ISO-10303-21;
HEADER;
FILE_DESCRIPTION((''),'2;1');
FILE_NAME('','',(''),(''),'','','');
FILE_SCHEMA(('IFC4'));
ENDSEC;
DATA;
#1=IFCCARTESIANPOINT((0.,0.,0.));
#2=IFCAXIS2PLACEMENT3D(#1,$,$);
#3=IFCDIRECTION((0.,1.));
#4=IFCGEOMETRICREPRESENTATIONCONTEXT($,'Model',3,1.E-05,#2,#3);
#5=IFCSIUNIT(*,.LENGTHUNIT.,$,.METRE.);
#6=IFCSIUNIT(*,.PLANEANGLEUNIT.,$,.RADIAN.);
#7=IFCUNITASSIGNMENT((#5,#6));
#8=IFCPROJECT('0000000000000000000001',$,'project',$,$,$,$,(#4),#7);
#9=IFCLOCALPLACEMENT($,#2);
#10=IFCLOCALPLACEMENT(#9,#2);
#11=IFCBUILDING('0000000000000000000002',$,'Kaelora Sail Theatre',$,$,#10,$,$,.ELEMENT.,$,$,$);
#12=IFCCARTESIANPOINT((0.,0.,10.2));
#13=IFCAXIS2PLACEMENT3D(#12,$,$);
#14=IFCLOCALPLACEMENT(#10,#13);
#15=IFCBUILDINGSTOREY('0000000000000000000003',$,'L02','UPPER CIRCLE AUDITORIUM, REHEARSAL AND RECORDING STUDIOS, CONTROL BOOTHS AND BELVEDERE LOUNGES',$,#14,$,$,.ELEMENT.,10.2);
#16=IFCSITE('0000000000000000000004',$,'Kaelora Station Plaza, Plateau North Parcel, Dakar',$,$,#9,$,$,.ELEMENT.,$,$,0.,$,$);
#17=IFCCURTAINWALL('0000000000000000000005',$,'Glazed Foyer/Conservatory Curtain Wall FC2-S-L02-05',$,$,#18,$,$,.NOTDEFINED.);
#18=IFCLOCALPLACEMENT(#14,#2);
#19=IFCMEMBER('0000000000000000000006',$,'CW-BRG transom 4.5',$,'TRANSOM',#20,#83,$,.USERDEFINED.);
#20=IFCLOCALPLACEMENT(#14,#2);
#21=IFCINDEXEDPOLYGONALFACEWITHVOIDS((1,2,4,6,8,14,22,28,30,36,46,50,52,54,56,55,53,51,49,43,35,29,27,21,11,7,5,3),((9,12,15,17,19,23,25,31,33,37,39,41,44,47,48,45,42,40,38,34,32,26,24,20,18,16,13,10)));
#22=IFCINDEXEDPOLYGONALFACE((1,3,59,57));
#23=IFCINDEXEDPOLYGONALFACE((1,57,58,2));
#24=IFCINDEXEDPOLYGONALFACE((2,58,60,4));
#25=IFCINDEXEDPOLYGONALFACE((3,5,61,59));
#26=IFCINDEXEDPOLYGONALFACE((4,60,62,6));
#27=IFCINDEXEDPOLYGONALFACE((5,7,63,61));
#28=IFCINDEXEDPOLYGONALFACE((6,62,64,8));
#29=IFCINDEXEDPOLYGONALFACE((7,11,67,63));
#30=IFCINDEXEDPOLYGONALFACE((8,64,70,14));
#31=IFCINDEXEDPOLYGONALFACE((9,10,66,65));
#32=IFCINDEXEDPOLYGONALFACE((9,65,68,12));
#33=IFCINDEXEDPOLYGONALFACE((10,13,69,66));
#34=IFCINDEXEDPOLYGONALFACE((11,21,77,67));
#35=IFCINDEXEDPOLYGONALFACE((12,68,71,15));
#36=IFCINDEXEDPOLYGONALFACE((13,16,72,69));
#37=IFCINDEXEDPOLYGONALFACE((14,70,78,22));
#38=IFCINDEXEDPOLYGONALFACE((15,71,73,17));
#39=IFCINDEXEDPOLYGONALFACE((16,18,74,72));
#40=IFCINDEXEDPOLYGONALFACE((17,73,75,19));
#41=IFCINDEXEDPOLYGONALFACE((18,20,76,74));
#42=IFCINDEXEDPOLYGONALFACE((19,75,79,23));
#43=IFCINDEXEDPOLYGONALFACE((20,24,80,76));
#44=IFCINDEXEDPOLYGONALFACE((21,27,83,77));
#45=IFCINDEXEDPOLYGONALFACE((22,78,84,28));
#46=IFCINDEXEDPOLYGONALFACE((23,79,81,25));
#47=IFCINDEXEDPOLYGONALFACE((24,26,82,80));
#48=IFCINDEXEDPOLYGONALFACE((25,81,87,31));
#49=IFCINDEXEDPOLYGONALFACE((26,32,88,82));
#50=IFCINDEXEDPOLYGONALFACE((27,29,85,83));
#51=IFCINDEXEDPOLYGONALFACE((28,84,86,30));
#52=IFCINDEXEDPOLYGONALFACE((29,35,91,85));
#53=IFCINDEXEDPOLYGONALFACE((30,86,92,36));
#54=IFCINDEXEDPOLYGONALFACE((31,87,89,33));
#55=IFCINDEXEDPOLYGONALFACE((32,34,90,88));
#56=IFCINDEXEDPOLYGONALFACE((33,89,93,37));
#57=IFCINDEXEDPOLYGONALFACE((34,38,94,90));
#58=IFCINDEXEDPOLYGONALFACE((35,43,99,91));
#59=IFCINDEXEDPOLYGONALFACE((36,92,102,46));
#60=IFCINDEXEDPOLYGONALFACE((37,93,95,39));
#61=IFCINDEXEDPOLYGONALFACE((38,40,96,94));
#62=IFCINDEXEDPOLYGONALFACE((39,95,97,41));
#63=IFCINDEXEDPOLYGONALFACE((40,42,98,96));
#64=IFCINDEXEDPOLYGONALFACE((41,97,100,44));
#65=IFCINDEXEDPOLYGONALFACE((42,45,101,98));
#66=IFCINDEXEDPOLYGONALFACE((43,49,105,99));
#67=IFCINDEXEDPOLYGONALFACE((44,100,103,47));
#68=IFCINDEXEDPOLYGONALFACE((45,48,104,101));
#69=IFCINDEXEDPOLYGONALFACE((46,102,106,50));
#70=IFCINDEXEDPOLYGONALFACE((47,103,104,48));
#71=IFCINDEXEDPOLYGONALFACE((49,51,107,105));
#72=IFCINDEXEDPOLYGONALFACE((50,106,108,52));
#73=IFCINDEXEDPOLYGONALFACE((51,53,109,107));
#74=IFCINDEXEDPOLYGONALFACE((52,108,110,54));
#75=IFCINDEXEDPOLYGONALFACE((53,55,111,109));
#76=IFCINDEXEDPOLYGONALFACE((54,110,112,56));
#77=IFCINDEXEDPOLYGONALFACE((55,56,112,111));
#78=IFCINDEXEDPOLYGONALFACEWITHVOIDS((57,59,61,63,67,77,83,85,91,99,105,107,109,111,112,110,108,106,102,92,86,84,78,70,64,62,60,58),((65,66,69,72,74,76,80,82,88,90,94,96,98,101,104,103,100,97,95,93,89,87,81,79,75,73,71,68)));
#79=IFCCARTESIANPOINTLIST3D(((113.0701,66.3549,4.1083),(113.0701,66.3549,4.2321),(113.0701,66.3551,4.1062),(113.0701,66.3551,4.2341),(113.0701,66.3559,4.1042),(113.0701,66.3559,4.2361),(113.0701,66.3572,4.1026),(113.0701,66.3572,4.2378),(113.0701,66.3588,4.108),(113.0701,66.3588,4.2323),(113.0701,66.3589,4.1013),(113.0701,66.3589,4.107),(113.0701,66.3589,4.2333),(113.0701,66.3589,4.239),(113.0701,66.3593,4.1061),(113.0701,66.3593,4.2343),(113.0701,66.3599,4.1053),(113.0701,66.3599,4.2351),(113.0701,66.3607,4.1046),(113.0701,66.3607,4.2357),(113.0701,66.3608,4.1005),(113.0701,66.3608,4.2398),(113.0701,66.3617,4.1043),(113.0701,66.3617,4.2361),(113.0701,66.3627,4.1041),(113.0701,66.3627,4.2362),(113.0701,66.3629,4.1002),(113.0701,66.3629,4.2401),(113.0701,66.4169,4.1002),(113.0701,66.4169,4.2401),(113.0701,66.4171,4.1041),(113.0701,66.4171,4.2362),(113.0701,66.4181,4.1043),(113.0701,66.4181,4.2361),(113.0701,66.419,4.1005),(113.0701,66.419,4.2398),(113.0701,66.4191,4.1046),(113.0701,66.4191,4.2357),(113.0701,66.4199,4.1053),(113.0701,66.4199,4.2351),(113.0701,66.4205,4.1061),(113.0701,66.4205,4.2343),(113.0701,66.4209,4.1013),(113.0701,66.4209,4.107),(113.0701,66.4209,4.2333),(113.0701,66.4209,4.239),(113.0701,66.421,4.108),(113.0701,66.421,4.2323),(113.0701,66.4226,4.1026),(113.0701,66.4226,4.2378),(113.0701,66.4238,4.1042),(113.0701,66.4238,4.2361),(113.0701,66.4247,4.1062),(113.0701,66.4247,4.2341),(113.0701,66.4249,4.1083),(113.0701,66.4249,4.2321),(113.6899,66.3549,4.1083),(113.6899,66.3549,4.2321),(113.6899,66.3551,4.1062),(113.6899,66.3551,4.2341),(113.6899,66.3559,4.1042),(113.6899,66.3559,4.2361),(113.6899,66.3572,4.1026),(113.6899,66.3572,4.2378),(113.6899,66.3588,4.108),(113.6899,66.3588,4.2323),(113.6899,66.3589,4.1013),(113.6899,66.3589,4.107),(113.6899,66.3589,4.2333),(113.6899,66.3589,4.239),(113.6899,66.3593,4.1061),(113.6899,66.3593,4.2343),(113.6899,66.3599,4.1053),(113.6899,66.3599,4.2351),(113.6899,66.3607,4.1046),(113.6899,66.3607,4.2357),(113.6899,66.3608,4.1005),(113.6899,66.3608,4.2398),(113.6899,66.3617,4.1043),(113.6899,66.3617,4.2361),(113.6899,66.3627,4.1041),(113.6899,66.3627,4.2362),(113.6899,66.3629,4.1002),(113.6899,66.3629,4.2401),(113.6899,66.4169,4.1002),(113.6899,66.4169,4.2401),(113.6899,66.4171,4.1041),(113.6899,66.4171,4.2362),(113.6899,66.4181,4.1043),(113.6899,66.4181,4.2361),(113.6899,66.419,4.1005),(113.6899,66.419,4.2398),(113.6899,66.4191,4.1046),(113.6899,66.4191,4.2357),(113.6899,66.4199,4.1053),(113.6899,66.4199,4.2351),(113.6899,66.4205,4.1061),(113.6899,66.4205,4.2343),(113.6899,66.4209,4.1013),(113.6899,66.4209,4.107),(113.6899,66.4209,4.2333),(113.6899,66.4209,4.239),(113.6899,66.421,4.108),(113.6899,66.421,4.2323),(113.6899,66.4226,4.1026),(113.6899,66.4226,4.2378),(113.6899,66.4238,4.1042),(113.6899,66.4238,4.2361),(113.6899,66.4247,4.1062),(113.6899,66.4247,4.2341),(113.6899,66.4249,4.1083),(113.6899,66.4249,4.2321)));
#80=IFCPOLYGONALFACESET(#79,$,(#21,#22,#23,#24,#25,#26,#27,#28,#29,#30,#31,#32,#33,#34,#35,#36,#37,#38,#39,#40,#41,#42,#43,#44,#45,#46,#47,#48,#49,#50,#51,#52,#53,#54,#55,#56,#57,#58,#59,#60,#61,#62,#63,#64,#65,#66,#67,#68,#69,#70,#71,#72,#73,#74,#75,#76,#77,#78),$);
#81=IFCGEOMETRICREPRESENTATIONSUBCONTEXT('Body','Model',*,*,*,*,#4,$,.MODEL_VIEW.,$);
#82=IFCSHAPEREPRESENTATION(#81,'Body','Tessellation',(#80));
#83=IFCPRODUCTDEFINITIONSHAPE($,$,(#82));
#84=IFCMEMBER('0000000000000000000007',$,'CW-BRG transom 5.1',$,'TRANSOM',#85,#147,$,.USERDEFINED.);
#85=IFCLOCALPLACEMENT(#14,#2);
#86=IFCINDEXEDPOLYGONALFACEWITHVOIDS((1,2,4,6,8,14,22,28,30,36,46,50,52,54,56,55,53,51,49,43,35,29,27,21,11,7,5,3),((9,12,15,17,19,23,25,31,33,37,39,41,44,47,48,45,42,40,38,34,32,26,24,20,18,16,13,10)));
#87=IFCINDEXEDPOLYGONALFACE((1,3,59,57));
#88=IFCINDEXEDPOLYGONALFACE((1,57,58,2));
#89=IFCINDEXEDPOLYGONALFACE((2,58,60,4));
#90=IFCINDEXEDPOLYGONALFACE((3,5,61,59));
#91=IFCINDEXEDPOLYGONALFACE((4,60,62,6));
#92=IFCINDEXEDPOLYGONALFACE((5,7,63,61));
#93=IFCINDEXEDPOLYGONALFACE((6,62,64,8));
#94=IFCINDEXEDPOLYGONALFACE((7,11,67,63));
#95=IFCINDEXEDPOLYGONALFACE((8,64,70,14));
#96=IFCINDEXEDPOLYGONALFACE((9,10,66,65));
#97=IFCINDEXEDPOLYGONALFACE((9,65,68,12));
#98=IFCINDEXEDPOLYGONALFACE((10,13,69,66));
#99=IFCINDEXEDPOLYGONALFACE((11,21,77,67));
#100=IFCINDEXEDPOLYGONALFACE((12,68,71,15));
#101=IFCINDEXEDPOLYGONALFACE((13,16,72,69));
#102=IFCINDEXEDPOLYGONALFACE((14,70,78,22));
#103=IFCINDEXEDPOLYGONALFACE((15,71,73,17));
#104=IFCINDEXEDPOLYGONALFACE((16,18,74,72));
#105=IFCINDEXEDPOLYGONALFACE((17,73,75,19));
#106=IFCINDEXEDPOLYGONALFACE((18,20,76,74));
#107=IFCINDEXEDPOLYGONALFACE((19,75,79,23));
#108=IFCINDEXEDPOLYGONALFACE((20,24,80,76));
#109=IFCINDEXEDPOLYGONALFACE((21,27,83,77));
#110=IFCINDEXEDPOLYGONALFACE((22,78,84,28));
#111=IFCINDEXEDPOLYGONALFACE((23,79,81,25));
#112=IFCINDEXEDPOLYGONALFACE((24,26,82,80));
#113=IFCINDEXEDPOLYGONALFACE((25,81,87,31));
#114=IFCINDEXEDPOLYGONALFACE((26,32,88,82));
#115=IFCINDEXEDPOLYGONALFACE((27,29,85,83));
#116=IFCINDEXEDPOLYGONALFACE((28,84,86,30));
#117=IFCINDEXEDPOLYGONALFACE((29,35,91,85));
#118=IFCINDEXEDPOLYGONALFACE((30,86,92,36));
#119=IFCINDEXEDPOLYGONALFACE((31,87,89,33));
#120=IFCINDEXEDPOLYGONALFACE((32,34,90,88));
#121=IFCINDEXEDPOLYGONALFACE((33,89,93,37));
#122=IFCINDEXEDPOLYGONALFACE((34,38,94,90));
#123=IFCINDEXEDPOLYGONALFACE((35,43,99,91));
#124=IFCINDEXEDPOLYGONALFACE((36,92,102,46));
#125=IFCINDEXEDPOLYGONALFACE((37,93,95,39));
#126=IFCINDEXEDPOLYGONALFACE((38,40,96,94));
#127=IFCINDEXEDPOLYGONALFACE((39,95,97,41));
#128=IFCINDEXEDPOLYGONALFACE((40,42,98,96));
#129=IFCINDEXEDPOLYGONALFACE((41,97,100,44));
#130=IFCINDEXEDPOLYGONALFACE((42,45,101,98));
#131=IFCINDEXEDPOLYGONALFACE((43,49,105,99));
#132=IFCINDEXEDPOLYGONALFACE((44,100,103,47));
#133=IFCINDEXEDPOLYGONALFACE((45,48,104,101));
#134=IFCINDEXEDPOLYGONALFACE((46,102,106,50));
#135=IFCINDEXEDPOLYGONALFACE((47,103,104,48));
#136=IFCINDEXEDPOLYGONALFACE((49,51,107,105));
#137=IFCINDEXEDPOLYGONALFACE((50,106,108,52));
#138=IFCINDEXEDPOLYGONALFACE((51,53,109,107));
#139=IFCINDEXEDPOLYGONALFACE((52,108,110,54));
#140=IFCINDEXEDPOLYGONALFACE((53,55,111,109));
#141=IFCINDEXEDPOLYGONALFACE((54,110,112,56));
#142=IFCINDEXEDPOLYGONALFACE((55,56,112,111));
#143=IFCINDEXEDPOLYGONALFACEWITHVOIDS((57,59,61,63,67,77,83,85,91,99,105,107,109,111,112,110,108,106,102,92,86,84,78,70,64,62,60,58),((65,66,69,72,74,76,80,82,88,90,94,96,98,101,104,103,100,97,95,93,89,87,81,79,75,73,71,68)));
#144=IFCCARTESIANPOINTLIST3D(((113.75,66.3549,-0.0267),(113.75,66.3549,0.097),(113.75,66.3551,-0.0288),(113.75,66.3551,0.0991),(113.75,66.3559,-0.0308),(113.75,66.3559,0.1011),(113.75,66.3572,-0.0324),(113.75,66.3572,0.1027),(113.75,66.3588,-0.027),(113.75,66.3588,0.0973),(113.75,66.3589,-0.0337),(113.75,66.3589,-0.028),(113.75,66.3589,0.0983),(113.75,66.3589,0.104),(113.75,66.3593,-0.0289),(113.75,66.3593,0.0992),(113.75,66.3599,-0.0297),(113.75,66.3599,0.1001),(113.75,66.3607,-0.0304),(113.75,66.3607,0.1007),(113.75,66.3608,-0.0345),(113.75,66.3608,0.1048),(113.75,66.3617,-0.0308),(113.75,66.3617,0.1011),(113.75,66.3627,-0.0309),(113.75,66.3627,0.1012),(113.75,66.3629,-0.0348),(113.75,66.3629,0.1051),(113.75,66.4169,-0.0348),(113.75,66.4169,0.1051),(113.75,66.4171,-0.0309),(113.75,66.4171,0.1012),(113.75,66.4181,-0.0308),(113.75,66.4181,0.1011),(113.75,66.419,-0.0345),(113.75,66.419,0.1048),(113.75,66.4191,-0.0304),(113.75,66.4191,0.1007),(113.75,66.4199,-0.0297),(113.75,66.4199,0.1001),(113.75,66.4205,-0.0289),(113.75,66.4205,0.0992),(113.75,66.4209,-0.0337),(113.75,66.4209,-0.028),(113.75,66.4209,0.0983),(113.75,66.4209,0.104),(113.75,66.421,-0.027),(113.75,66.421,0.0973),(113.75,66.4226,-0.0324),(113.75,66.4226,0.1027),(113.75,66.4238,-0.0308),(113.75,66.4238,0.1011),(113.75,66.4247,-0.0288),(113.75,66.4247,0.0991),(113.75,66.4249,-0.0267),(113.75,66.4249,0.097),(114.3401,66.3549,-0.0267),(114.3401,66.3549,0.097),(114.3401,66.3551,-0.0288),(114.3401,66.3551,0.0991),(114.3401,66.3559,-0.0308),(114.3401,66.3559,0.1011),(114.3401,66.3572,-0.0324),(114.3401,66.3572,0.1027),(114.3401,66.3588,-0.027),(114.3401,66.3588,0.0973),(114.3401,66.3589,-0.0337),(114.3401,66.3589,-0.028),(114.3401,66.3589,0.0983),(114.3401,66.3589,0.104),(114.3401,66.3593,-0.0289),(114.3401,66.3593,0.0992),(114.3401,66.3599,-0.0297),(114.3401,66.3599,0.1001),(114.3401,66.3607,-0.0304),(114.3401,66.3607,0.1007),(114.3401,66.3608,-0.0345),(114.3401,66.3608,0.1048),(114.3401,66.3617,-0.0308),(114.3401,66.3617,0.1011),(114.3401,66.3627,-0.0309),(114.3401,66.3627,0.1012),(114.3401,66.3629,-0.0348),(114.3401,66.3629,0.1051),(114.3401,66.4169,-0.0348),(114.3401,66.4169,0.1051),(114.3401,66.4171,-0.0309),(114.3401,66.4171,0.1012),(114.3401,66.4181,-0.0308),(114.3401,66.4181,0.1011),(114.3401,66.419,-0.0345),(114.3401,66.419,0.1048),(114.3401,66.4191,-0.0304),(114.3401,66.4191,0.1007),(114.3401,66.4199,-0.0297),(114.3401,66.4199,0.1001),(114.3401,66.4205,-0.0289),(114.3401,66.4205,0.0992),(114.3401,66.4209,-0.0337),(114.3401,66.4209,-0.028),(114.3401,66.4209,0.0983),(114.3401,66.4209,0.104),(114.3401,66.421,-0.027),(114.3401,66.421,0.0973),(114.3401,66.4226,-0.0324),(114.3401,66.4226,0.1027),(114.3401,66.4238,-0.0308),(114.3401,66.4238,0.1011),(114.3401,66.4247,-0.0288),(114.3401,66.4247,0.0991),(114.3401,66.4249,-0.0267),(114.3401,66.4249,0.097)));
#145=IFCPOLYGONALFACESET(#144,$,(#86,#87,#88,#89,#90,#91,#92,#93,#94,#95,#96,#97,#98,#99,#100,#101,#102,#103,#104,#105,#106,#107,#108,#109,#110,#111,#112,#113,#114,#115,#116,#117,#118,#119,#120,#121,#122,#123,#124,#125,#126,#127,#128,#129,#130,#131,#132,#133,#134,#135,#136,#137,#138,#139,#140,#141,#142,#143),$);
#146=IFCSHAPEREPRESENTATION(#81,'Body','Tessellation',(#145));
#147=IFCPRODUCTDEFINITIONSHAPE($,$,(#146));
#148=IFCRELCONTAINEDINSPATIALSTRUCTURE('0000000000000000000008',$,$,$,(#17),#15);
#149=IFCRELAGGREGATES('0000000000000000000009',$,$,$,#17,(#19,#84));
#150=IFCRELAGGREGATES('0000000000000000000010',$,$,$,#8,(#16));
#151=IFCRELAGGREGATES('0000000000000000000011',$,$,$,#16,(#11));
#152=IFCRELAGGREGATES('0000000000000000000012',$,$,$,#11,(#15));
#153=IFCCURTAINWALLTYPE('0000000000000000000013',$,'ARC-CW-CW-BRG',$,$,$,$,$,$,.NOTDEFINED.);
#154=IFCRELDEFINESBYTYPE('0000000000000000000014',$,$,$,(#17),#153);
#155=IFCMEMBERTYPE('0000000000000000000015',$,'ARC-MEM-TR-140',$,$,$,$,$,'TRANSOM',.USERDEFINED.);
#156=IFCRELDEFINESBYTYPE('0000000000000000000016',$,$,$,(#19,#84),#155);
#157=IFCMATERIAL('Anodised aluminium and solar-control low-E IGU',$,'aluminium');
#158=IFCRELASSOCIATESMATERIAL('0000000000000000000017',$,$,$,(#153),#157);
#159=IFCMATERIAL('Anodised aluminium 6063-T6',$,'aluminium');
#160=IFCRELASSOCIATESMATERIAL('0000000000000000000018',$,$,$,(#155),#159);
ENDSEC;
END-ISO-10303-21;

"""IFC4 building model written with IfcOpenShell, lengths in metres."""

from ifc_helpers import new_model, si_unit, direction, frame, origin, origin_2d, place, context, subcontext, project, spatial, hollow_rectangle, extrude, material, material_profile, profile_set, type_object, element, aggregate, save


model = new_model("IFC4")

# Units and contexts
model_context = context("Model", 3, precision=1e-05, world=origin(), true_north=direction((0.0, 1.0)))
body_context = subcontext(model_context, "Body", "Model", "MODEL_VIEW")
ifc_project = project(units=[si_unit("LENGTHUNIT", "METRE"), si_unit("PLANEANGLEUNIT", "RADIAN")], contexts=[model_context])

# Site, building, storey
site_placement = place(None, origin())
site = spatial("IfcSite", under=ifc_project, at=site_placement, Name="Kaelora Station Plaza, Plateau North Parcel, Dakar", CompositionType="ELEMENT", RefElevation=0.0)
building_placement = place(site_placement, origin())
building = spatial("IfcBuilding", under=site, at=building_placement, Name="Kaelora Sail Theatre", CompositionType="ELEMENT")
storey_placement = place(building_placement, frame((0.0, 0.0, 10.2)))
storey = spatial("IfcBuildingStorey", under=building, at=storey_placement, Name="L02", Description="UPPER CIRCLE AUDITORIUM, REHEARSAL AND RECORDING STUDIOS, CONTROL BOOTHS AND BELVEDERE LOUNGES", CompositionType="ELEMENT", Elevation=10.2)

# Curtain wall, members
ifc_material_1 = material(Name="Anodised aluminium and solar-control low-E IGU", Category="aluminium")
curtain_wall_type = type_object("IfcCurtainWallType", Name="ARC-CW-CW-BRG", PredefinedType="NOTDEFINED", material=ifc_material_1)
curtain_wall_placement = place(storey_placement, origin())
curtain_wall = element("IfcCurtainWall", 1, at=curtain_wall_placement, inside=storey, type_object=curtain_wall_type, Name="Glazed Foyer/Conservatory Curtain Wall FC2-S-L02-05", PredefinedType="NOTDEFINED")
ifc_material_2 = material(Name="Anodised aluminium 6063-T6", Category="aluminium")
ifc_material_profile_1 = material_profile(ifc_material_2, hollow_rectangle(XDim=0.0701, YDim=0.1399, WallThickness=0.0039, InnerFilletRadius=0.0039, OuterFilletRadius=0.0081, at=origin_2d()), Name="ALU-TRAN 70x140x4")
ifc_profile_set_1 = profile_set([ifc_material_profile_1], Name="Anodised aluminium 6063-T6")
member_type_1 = type_object("IfcMemberType", Name="ARC-MEM-TR-140", ElementType="TRANSOM", PredefinedType="USERDEFINED", material=ifc_profile_set_1)
member_1_placement = place(storey_placement, frame((113.0701, 66.3899, 4.1702), z_axis=(1.0, 0.0, 0.0), x_axis=(0.0, 1.0, 0.0)))
member_1 = element("IfcMember", 2, at=member_1_placement, type_object=member_type_1, Name="CW-BRG transom 4.5", ObjectType="TRANSOM", PredefinedType="USERDEFINED", context=body_context, shape_type="SweptSolid", body=[
    extrude(hollow_rectangle(XDim=0.0701, YDim=0.1399, WallThickness=0.0039, InnerFilletRadius=0.0039, OuterFilletRadius=0.0081, at=origin_2d()), origin(), (0.0, 0.0, 1.0), 0.6199),
])
member_2_placement = place(storey_placement, frame((113.75, 66.3899, 0.0352), z_axis=(1.0, 0.0, 0.0), x_axis=(0.0, 1.0, 0.0)))
member_2 = element("IfcMember", 3, at=member_2_placement, type_object=member_type_1, Name="CW-BRG transom 5.1", ObjectType="TRANSOM", PredefinedType="USERDEFINED", context=body_context, shape_type="SweptSolid", body=[
    extrude(hollow_rectangle(XDim=0.0701, YDim=0.1399, WallThickness=0.0039, InnerFilletRadius=0.0039, OuterFilletRadius=0.0081, at=origin_2d()), origin(), (0.0, 0.0, 1.0), 0.5901),
])
aggregate(curtain_wall, [member_1, member_2])

save(model, "model.ifc")
